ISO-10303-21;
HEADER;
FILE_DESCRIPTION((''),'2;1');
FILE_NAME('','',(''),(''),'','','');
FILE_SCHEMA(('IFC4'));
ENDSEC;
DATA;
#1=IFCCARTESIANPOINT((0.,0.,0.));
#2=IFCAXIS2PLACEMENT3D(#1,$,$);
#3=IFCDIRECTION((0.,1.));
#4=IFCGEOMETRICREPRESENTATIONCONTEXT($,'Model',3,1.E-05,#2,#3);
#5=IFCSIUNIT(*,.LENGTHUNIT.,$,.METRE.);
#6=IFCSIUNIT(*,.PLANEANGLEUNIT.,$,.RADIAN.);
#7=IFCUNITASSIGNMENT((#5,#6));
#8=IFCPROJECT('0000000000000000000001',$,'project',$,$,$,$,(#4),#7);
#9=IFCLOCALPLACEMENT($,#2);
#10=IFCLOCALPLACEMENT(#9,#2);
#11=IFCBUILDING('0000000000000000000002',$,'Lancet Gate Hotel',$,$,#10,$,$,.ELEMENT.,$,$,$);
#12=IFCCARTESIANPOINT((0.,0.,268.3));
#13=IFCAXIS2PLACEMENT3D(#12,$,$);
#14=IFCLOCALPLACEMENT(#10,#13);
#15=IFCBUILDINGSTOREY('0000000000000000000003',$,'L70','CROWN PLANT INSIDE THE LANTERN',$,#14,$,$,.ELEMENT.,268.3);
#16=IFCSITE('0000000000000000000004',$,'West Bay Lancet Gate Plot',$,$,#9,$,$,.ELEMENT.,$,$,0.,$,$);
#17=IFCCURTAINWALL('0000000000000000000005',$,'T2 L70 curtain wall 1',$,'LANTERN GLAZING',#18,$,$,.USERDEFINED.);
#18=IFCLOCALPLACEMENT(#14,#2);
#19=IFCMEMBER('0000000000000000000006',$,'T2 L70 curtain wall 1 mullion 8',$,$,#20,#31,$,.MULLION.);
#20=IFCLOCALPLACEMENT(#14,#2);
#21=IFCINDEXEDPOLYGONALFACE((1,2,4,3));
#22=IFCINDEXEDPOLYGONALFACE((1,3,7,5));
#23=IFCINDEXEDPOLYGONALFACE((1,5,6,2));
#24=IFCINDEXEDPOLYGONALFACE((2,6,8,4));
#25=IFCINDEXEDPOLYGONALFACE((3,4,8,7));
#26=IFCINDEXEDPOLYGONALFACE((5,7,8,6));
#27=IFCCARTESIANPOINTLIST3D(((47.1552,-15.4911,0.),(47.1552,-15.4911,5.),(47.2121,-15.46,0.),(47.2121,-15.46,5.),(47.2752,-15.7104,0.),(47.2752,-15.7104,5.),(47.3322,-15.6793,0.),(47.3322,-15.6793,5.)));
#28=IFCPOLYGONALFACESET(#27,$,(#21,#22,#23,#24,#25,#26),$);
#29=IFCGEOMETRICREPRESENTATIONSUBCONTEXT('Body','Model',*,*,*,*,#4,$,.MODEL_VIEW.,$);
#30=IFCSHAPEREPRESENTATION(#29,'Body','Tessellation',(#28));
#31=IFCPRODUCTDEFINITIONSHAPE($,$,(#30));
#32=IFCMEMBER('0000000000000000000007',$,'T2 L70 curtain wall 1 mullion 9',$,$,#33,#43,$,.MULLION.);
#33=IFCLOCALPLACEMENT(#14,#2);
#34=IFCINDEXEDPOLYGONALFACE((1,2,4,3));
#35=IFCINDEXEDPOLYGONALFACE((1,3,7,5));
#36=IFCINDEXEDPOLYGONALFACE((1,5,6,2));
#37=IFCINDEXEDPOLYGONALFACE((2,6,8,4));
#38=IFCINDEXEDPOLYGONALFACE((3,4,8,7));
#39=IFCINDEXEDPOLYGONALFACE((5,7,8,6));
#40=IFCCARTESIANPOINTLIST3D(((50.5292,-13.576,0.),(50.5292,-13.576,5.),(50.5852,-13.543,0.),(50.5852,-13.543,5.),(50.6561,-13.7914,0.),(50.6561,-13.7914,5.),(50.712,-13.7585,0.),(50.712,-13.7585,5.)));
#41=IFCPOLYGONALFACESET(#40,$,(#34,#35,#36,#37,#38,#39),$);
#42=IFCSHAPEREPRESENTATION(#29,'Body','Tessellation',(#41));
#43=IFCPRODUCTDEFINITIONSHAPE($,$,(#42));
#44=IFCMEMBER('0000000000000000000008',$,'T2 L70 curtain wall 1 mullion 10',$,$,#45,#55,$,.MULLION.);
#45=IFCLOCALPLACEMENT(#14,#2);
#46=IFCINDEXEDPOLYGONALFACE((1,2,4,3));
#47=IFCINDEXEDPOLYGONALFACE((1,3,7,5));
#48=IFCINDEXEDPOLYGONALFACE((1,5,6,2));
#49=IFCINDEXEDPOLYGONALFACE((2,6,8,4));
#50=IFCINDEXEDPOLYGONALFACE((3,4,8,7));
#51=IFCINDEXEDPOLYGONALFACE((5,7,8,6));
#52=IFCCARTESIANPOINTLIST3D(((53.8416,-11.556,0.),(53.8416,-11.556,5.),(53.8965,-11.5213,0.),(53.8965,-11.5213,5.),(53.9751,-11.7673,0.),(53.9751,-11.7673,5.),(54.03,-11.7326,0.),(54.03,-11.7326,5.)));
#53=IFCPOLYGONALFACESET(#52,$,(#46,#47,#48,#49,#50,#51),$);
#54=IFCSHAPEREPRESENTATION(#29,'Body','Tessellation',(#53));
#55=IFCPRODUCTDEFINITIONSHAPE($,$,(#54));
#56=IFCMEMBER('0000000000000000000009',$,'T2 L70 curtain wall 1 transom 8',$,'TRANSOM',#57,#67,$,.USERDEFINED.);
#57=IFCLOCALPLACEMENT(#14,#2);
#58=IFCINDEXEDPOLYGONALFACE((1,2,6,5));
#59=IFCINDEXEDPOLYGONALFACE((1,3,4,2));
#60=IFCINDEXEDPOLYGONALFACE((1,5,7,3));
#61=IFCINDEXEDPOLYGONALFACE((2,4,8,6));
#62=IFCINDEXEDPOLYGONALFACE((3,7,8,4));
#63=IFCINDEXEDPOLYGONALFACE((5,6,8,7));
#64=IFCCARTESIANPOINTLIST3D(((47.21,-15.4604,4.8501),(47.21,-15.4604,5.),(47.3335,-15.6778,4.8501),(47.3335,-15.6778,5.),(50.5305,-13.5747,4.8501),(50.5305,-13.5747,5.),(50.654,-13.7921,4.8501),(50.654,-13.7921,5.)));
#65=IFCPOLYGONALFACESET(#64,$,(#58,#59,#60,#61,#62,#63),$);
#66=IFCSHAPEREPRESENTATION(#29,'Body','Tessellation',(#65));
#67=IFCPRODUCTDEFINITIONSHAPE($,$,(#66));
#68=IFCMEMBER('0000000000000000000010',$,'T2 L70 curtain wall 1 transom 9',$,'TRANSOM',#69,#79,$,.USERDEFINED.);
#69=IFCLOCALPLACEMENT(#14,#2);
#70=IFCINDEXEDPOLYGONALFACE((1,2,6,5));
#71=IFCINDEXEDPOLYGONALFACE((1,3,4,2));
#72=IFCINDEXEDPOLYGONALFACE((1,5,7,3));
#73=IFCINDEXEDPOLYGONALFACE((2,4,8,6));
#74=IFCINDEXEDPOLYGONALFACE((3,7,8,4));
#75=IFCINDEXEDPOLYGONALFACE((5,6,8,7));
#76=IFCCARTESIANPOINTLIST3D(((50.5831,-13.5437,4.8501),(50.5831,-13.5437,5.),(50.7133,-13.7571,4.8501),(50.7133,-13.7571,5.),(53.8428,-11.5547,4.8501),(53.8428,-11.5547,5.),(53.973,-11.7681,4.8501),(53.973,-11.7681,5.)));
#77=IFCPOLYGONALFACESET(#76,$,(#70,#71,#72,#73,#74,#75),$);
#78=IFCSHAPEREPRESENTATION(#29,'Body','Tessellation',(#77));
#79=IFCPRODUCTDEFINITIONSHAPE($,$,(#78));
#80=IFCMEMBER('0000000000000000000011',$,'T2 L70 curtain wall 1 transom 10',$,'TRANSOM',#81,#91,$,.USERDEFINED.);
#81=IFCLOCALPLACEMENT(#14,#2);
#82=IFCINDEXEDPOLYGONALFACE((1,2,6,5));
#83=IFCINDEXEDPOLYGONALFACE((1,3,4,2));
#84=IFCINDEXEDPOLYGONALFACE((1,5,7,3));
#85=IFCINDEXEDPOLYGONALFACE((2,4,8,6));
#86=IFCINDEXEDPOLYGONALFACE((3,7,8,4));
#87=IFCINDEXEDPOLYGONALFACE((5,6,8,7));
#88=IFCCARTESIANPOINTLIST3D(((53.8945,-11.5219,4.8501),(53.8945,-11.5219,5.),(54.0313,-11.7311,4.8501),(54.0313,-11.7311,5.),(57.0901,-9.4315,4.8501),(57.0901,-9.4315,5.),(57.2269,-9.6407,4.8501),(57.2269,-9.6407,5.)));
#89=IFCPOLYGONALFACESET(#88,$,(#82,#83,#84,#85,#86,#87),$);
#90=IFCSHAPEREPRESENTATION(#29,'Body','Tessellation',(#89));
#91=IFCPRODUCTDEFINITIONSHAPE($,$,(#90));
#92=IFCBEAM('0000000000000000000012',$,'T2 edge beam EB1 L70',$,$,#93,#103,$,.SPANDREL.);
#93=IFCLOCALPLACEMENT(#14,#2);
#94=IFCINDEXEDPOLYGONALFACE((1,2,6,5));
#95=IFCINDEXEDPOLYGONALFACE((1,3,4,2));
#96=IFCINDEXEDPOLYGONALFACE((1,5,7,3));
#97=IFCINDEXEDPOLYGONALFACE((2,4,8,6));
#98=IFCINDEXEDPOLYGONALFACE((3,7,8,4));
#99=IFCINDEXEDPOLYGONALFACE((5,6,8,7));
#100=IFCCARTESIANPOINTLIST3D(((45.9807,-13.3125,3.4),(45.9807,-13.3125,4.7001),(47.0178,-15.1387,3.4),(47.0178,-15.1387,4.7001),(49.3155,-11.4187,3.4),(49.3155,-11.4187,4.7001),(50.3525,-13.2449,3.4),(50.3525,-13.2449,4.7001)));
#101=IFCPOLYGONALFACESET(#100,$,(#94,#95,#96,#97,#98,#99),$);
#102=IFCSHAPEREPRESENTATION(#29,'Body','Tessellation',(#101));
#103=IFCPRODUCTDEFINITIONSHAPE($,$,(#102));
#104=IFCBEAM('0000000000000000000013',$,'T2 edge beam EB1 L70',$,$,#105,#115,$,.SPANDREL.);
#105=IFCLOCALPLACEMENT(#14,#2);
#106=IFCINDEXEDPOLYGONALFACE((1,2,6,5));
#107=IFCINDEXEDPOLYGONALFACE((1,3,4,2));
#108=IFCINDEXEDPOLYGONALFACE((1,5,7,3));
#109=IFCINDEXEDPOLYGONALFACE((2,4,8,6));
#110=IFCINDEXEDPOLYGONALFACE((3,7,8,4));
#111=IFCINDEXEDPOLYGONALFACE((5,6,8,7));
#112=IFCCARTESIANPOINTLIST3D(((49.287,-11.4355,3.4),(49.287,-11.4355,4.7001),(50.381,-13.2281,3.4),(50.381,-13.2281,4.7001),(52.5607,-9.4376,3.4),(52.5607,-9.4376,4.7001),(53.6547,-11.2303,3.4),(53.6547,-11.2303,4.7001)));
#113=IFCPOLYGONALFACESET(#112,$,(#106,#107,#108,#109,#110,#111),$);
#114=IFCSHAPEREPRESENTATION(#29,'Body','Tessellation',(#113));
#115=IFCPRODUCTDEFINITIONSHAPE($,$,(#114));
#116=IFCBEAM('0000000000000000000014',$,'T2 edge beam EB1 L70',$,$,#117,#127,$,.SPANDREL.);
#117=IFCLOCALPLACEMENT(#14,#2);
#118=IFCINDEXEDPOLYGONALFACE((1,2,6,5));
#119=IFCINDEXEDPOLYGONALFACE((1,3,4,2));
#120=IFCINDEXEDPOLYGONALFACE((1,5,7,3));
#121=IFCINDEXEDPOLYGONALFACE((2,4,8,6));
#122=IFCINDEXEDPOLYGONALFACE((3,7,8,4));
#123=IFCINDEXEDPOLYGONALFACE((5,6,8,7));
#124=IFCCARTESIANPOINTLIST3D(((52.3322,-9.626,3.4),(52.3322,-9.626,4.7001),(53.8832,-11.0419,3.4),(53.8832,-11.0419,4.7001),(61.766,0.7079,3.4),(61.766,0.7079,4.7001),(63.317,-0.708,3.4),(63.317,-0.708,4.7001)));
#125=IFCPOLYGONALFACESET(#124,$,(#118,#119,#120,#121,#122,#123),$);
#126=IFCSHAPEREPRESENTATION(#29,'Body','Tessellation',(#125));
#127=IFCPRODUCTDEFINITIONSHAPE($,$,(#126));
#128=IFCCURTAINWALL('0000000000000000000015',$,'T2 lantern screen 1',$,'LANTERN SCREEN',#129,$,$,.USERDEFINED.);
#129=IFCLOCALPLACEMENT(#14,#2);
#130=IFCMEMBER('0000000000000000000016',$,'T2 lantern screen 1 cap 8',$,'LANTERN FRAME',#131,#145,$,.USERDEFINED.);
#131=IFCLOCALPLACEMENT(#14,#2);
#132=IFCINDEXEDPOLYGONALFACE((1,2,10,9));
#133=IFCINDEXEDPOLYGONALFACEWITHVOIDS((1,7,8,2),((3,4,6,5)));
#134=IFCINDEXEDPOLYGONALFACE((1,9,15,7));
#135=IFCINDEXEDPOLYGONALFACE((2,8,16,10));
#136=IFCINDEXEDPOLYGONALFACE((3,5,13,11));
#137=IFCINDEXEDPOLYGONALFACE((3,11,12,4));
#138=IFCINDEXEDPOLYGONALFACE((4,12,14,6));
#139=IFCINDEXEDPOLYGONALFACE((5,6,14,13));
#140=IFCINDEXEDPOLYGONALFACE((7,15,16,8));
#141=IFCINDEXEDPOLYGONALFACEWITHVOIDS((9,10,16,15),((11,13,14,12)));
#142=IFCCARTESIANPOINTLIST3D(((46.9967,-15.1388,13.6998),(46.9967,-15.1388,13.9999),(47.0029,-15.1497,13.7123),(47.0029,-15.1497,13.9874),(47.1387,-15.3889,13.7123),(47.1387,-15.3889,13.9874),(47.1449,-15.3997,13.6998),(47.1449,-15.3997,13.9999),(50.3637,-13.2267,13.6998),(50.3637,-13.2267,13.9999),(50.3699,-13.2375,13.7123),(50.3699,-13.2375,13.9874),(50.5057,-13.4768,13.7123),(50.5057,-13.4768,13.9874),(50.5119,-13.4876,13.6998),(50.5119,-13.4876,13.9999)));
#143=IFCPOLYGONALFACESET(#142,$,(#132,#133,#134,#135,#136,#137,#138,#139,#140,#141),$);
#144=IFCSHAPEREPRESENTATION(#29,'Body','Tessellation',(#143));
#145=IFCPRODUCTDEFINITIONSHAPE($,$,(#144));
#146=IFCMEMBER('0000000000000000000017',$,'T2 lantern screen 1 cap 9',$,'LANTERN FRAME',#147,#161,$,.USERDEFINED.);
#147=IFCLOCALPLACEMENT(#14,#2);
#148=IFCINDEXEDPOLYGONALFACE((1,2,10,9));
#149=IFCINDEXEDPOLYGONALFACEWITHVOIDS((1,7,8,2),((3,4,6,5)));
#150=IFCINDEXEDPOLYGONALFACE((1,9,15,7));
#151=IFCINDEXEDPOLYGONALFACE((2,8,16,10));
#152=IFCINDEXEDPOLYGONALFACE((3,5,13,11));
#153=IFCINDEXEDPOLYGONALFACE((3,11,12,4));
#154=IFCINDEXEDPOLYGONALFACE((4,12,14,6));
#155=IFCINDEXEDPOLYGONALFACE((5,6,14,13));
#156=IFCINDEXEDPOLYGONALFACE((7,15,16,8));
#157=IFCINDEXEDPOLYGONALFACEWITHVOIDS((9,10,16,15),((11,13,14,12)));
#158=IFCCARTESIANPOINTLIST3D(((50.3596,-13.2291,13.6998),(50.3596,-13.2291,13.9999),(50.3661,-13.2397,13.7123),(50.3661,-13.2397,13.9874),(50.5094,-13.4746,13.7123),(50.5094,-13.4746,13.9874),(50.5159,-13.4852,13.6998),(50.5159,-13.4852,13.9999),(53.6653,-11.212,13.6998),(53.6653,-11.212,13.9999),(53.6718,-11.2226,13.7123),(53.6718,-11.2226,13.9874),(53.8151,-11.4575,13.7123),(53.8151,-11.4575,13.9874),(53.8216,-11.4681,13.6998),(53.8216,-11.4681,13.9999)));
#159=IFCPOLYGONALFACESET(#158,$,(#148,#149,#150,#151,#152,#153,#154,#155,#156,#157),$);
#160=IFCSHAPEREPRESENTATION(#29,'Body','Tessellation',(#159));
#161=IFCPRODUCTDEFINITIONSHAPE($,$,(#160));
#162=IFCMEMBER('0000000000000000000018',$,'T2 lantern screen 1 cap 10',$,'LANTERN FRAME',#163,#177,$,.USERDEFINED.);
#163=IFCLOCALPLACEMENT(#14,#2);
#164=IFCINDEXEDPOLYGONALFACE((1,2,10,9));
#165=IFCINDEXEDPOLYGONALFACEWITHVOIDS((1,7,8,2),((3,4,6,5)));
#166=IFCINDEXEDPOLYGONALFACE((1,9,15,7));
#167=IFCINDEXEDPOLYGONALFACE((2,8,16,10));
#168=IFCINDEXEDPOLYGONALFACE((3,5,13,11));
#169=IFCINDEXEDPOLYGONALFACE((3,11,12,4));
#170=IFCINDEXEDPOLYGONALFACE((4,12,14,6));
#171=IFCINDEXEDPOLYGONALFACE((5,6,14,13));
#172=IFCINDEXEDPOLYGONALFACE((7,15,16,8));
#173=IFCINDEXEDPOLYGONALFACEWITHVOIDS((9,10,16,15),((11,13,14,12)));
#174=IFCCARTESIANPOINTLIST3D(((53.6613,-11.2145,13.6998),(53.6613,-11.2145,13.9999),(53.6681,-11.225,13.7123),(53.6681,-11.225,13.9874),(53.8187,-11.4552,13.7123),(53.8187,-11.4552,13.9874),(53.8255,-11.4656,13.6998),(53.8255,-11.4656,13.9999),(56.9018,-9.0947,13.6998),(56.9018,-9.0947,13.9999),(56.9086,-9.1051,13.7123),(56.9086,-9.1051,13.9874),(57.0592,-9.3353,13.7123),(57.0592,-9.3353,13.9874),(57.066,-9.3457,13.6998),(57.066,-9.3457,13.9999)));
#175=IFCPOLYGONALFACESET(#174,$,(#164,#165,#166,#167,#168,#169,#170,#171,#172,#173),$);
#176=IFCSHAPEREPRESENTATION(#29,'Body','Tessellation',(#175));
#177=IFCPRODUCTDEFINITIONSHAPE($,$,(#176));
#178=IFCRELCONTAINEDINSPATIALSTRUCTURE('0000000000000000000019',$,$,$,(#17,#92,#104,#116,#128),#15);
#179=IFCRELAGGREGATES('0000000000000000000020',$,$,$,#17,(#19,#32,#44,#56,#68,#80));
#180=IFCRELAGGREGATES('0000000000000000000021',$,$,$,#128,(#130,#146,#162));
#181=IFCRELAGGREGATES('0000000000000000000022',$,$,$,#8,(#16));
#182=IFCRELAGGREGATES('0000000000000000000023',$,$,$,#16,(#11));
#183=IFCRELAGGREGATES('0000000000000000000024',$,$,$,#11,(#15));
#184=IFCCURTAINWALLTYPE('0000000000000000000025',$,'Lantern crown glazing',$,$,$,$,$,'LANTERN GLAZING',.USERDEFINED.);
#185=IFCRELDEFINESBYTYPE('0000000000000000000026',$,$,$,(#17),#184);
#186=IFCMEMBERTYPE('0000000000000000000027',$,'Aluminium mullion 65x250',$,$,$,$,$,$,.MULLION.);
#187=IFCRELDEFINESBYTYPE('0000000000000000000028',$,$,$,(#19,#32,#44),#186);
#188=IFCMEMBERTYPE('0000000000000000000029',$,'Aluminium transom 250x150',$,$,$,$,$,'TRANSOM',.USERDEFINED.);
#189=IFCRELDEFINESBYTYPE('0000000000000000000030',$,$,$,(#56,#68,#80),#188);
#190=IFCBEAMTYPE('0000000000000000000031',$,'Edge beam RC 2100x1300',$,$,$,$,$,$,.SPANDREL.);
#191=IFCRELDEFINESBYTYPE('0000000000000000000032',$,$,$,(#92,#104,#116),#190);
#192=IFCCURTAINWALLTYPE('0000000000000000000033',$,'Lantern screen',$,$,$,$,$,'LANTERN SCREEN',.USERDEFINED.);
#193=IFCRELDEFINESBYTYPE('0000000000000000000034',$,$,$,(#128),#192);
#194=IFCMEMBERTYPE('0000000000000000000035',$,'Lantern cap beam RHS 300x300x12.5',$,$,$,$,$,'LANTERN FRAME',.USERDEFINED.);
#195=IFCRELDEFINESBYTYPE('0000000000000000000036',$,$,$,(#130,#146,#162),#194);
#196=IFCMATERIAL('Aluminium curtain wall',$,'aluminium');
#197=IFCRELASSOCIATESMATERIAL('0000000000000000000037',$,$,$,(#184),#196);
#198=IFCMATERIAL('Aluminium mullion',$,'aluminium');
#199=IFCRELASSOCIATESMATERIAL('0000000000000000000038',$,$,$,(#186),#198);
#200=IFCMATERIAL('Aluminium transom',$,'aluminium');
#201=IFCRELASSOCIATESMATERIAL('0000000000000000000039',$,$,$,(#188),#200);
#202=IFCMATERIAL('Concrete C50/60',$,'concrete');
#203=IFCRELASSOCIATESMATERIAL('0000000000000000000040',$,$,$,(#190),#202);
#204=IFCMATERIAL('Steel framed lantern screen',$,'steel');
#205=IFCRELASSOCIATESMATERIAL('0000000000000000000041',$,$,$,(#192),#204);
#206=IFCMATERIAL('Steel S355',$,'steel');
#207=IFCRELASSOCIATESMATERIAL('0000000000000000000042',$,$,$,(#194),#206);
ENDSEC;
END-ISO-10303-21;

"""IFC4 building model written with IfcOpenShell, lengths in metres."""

from ifc_helpers import new_model, si_unit, direction, frame, origin, origin_2d, place, context, subcontext, project, spatial, rectangle, hollow_rectangle, extrude, material, material_profile, profile_set, type_object, element, aggregate, save


model = new_model("IFC4")

# Units and contexts
model_context = context("Model", 3, precision=1e-05, world=origin(), true_north=direction((0.0, 1.0)))
body_context = subcontext(model_context, "Body", "Model", "MODEL_VIEW")
ifc_project = project(units=[si_unit("LENGTHUNIT", "METRE"), si_unit("PLANEANGLEUNIT", "RADIAN")], contexts=[model_context])

# Site, building, storey
site_placement = place(None, origin())
site = spatial("IfcSite", under=ifc_project, at=site_placement, Name="West Bay Lancet Gate Plot", CompositionType="ELEMENT", RefElevation=0.0)
building_placement = place(site_placement, origin())
building = spatial("IfcBuilding", under=site, at=building_placement, Name="Lancet Gate Hotel", CompositionType="ELEMENT")
storey_placement = place(building_placement, frame((0.0, 0.0, 268.3)))
storey = spatial("IfcBuildingStorey", under=building, at=storey_placement, Name="L70", Description="CROWN PLANT INSIDE THE LANTERN", CompositionType="ELEMENT", Elevation=268.3)

# Curtain wall, members
ifc_material_1 = material(Name="Aluminium curtain wall", Category="aluminium")
curtain_wall_type_1 = type_object("IfcCurtainWallType", Name="Lantern crown glazing", ElementType="LANTERN GLAZING", PredefinedType="USERDEFINED", material=ifc_material_1)
curtain_wall_1_placement = place(storey_placement, origin())
curtain_wall_1 = element("IfcCurtainWall", 1, at=curtain_wall_1_placement, inside=storey, type_object=curtain_wall_type_1, Name="T2 L70 curtain wall 1", ObjectType="LANTERN GLAZING", PredefinedType="USERDEFINED")
ifc_material_2 = material(Name="Aluminium mullion", Category="aluminium")
ifc_material_profile_1 = material_profile(ifc_material_2, rectangle(XDim=0.0649, YDim=0.25, at=origin_2d()), Name="MULLION 65x250")
ifc_profile_set_1 = profile_set([ifc_material_profile_1], Name="Aluminium mullion")
member_type_1 = type_object("IfcMemberType", Name="Aluminium mullion 65x250", PredefinedType="MULLION", material=ifc_profile_set_1)
member_1_placement = place(storey_placement, frame((47.2437, -15.5852, 0.0), z_axis=(0.0, 0.0, 1.0), x_axis=(0.877195, 0.480135, 0.0)))
member_1 = element("IfcMember", 2, at=member_1_placement, type_object=member_type_1, Name="T2 L70 curtain wall 1 mullion 8", PredefinedType="MULLION", context=body_context, shape_type="SweptSolid", body=[
    extrude(rectangle(XDim=0.0649, YDim=0.25, at=origin_2d()), origin(), (0.0, 0.0, 1.0), 5.0),
])
member_2_placement = place(storey_placement, frame((50.6206, -13.6672, 0.0), z_axis=(0.0, 0.0, 1.0), x_axis=(0.861692, 0.507432, 0.0)))
member_2 = element("IfcMember", 3, at=member_2_placement, type_object=member_type_1, Name="T2 L70 curtain wall 1 mullion 9", PredefinedType="MULLION", context=body_context, shape_type="SweptSolid", body=[
    extrude(rectangle(XDim=0.0649, YDim=0.25, at=origin_2d()), origin(), (0.0, 0.0, 1.0), 5.0),
])
member_3_placement = place(storey_placement, frame((53.9358, -11.6443, 0.0), z_axis=(0.0, 0.0, 1.0), x_axis=(0.84534, 0.534229, 0.0)))
member_3 = element("IfcMember", 4, at=member_3_placement, type_object=member_type_1, Name="T2 L70 curtain wall 1 mullion 10", PredefinedType="MULLION", context=body_context, shape_type="SweptSolid", body=[
    extrude(rectangle(XDim=0.0649, YDim=0.25, at=origin_2d()), origin(), (0.0, 0.0, 1.0), 5.0),
])
ifc_material_3 = material(Name="Aluminium transom", Category="aluminium")
ifc_material_profile_2 = material_profile(ifc_material_3, rectangle(XDim=0.25, YDim=0.1499, at=origin_2d()), Name="TRANSOM 250x150")
ifc_profile_set_2 = profile_set([ifc_material_profile_2], Name="Aluminium transom")
member_type_2 = type_object("IfcMemberType", Name="Aluminium transom 250x150", ElementType="TRANSOM", PredefinedType="USERDEFINED", material=ifc_profile_set_2)
member_4_placement = place(storey_placement, frame((47.2717, -15.5691, 4.925), z_axis=(0.869562, 0.493824, 0.0), x_axis=(-0.493824, 0.869562, 0.0)))
member_4 = element("IfcMember", 5, at=member_4_placement, type_object=member_type_2, Name="T2 L70 curtain wall 1 transom 8", ObjectType="TRANSOM", PredefinedType="USERDEFINED", context=body_context, shape_type="SweptSolid", body=[
    extrude(rectangle(XDim=0.25, YDim=0.1499, at=origin_2d()), origin(), (0.0, 0.0, 1.0), 3.8186),
])
member_5_placement = place(storey_placement, frame((50.6482, -13.6504, 4.925), z_axis=(0.853639, 0.520865, 0.0), x_axis=(-0.520865, 0.853639, 0.0)))
member_5 = element("IfcMember", 6, at=member_5_placement, type_object=member_type_2, Name="T2 L70 curtain wall 1 transom 9", ObjectType="TRANSOM", PredefinedType="USERDEFINED", context=body_context, shape_type="SweptSolid", body=[
    extrude(rectangle(XDim=0.25, YDim=0.1499, at=origin_2d()), origin(), (0.0, 0.0, 1.0), 3.8186),
])
member_6_placement = place(storey_placement, frame((53.9629, -11.6265, 4.925), z_axis=(0.836858, 0.54742, 0.0), x_axis=(-0.54742, 0.836858, 0.0)))
member_6 = element("IfcMember", 7, at=member_6_placement, type_object=member_type_2, Name="T2 L70 curtain wall 1 transom 10", ObjectType="TRANSOM", PredefinedType="USERDEFINED", context=body_context, shape_type="SweptSolid", body=[
    extrude(rectangle(XDim=0.25, YDim=0.1499, at=origin_2d()), origin(), (0.0, 0.0, 1.0), 3.8186),
])

# Beams
ifc_material_4 = material(Name="Concrete C50/60", Category="concrete")
ifc_material_profile_3 = material_profile(ifc_material_4, rectangle(XDim=2.1001, YDim=1.3, at=origin_2d()), Name="RC 2100x1300")
ifc_profile_set_3 = profile_set([ifc_material_profile_3], Name="Concrete C50/60")
beam_type = type_object("IfcBeamType", Name="Edge beam RC 2100x1300", PredefinedType="SPANDREL", material=ifc_profile_set_3)
beam_1_placement = place(storey_placement, frame((46.4993, -14.2256, 4.05), z_axis=(0.86956, 0.493827, 0.0), x_axis=(-0.493827, 0.86956, 0.0)))
element("IfcBeam", 8, at=beam_1_placement, inside=storey, type_object=beam_type, Name="T2 edge beam EB1 L70", PredefinedType="SPANDREL", context=body_context, shape_type="SweptSolid", body=[
    extrude(rectangle(XDim=2.1001, YDim=1.3, at=origin_2d()), origin(), (0.0, 0.0, 1.0), 3.835),
])
beam_2_placement = place(storey_placement, frame((49.834, -12.3318, 4.05), z_axis=(0.853604, 0.520922, 0.0), x_axis=(-0.520922, 0.853604, 0.0)))
element("IfcBeam", 9, at=beam_2_placement, inside=storey, type_object=beam_type, Name="T2 edge beam EB1 L70", PredefinedType="SPANDREL", context=body_context, shape_type="SweptSolid", body=[
    extrude(rectangle(XDim=2.1001, YDim=1.3, at=origin_2d()), origin(), (0.0, 0.0, 1.0), 3.8352),
])
beam_3_placement = place(storey_placement, frame((53.1077, -10.334, 4.05), z_axis=(0.674209, 0.73854, 0.0), x_axis=(-0.73854, 0.674209, 0.0)))
element("IfcBeam", 10, at=beam_3_placement, inside=storey, type_object=beam_type, Name="T2 edge beam EB1 L70", PredefinedType="SPANDREL", context=body_context, shape_type="SweptSolid", body=[
    extrude(rectangle(XDim=2.1001, YDim=1.3, at=origin_2d()), origin(), (0.0, 0.0, 1.0), 13.9924),
])

# Curtain wall, members
ifc_material_5 = material(Name="Steel framed lantern screen", Category="steel")
curtain_wall_type_2 = type_object("IfcCurtainWallType", Name="Lantern screen", ElementType="LANTERN SCREEN", PredefinedType="USERDEFINED", material=ifc_material_5)
curtain_wall_2_placement = place(storey_placement, origin())
curtain_wall_2 = element("IfcCurtainWall", 11, at=curtain_wall_2_placement, inside=storey, type_object=curtain_wall_type_2, Name="T2 lantern screen 1", ObjectType="LANTERN SCREEN", PredefinedType="USERDEFINED")
ifc_material_6 = material(Name="Steel S355", Category="steel")
ifc_material_profile_4 = material_profile(ifc_material_6, hollow_rectangle(XDim=0.3, YDim=0.3, WallThickness=0.0125, at=origin_2d()), Name="RHS 300x300x12.5")
ifc_profile_set_4 = profile_set([ifc_material_profile_4], Name="Steel S355")
member_type_3 = type_object("IfcMemberType", Name="Lantern cap beam RHS 300x300x12.5", ElementType="LANTERN FRAME", PredefinedType="USERDEFINED", material=ifc_profile_set_4)
member_7_placement = place(storey_placement, frame((47.0708, -15.2693, 13.8499), z_axis=(0.869559, 0.493828, 0.0), x_axis=(-0.493828, 0.869559, 0.0)))
member_7 = element("IfcMember", 12, at=member_7_placement, type_object=member_type_3, Name="T2 lantern screen 1 cap 8", ObjectType="LANTERN FRAME", PredefinedType="USERDEFINED", context=body_context, shape_type="SweptSolid", body=[
    extrude(hollow_rectangle(XDim=0.3, YDim=0.3, WallThickness=0.0125, at=origin_2d()), origin(), (0.0, 0.0, 1.0), 3.8721),
])
member_8_placement = place(storey_placement, frame((50.4377, -13.3572, 13.8499), z_axis=(0.853631, 0.520879, 0.0), x_axis=(-0.520879, 0.853631, 0.0)))
member_8 = element("IfcMember", 13, at=member_8_placement, type_object=member_type_3, Name="T2 lantern screen 1 cap 9", ObjectType="LANTERN FRAME", PredefinedType="USERDEFINED", context=body_context, shape_type="SweptSolid", body=[
    extrude(hollow_rectangle(XDim=0.3, YDim=0.3, WallThickness=0.0125, at=origin_2d()), origin(), (0.0, 0.0, 1.0), 3.8726),
])
member_9_placement = place(storey_placement, frame((53.7434, -11.3401, 13.8499), z_axis=(0.83684, 0.547448, 0.0), x_axis=(-0.547448, 0.83684, 0.0)))
member_9 = element("IfcMember", 14, at=member_9_placement, type_object=member_type_3, Name="T2 lantern screen 1 cap 10", ObjectType="LANTERN FRAME", PredefinedType="USERDEFINED", context=body_context, shape_type="SweptSolid", body=[
    extrude(hollow_rectangle(XDim=0.3, YDim=0.3, WallThickness=0.0125, at=origin_2d()), origin(), (0.0, 0.0, 1.0), 3.8723),
])

aggregate(curtain_wall_1, [member_1, member_2, member_3, member_4, member_5, member_6])
aggregate(curtain_wall_2, [member_7, member_8, member_9])

save(model, "model.ifc")
